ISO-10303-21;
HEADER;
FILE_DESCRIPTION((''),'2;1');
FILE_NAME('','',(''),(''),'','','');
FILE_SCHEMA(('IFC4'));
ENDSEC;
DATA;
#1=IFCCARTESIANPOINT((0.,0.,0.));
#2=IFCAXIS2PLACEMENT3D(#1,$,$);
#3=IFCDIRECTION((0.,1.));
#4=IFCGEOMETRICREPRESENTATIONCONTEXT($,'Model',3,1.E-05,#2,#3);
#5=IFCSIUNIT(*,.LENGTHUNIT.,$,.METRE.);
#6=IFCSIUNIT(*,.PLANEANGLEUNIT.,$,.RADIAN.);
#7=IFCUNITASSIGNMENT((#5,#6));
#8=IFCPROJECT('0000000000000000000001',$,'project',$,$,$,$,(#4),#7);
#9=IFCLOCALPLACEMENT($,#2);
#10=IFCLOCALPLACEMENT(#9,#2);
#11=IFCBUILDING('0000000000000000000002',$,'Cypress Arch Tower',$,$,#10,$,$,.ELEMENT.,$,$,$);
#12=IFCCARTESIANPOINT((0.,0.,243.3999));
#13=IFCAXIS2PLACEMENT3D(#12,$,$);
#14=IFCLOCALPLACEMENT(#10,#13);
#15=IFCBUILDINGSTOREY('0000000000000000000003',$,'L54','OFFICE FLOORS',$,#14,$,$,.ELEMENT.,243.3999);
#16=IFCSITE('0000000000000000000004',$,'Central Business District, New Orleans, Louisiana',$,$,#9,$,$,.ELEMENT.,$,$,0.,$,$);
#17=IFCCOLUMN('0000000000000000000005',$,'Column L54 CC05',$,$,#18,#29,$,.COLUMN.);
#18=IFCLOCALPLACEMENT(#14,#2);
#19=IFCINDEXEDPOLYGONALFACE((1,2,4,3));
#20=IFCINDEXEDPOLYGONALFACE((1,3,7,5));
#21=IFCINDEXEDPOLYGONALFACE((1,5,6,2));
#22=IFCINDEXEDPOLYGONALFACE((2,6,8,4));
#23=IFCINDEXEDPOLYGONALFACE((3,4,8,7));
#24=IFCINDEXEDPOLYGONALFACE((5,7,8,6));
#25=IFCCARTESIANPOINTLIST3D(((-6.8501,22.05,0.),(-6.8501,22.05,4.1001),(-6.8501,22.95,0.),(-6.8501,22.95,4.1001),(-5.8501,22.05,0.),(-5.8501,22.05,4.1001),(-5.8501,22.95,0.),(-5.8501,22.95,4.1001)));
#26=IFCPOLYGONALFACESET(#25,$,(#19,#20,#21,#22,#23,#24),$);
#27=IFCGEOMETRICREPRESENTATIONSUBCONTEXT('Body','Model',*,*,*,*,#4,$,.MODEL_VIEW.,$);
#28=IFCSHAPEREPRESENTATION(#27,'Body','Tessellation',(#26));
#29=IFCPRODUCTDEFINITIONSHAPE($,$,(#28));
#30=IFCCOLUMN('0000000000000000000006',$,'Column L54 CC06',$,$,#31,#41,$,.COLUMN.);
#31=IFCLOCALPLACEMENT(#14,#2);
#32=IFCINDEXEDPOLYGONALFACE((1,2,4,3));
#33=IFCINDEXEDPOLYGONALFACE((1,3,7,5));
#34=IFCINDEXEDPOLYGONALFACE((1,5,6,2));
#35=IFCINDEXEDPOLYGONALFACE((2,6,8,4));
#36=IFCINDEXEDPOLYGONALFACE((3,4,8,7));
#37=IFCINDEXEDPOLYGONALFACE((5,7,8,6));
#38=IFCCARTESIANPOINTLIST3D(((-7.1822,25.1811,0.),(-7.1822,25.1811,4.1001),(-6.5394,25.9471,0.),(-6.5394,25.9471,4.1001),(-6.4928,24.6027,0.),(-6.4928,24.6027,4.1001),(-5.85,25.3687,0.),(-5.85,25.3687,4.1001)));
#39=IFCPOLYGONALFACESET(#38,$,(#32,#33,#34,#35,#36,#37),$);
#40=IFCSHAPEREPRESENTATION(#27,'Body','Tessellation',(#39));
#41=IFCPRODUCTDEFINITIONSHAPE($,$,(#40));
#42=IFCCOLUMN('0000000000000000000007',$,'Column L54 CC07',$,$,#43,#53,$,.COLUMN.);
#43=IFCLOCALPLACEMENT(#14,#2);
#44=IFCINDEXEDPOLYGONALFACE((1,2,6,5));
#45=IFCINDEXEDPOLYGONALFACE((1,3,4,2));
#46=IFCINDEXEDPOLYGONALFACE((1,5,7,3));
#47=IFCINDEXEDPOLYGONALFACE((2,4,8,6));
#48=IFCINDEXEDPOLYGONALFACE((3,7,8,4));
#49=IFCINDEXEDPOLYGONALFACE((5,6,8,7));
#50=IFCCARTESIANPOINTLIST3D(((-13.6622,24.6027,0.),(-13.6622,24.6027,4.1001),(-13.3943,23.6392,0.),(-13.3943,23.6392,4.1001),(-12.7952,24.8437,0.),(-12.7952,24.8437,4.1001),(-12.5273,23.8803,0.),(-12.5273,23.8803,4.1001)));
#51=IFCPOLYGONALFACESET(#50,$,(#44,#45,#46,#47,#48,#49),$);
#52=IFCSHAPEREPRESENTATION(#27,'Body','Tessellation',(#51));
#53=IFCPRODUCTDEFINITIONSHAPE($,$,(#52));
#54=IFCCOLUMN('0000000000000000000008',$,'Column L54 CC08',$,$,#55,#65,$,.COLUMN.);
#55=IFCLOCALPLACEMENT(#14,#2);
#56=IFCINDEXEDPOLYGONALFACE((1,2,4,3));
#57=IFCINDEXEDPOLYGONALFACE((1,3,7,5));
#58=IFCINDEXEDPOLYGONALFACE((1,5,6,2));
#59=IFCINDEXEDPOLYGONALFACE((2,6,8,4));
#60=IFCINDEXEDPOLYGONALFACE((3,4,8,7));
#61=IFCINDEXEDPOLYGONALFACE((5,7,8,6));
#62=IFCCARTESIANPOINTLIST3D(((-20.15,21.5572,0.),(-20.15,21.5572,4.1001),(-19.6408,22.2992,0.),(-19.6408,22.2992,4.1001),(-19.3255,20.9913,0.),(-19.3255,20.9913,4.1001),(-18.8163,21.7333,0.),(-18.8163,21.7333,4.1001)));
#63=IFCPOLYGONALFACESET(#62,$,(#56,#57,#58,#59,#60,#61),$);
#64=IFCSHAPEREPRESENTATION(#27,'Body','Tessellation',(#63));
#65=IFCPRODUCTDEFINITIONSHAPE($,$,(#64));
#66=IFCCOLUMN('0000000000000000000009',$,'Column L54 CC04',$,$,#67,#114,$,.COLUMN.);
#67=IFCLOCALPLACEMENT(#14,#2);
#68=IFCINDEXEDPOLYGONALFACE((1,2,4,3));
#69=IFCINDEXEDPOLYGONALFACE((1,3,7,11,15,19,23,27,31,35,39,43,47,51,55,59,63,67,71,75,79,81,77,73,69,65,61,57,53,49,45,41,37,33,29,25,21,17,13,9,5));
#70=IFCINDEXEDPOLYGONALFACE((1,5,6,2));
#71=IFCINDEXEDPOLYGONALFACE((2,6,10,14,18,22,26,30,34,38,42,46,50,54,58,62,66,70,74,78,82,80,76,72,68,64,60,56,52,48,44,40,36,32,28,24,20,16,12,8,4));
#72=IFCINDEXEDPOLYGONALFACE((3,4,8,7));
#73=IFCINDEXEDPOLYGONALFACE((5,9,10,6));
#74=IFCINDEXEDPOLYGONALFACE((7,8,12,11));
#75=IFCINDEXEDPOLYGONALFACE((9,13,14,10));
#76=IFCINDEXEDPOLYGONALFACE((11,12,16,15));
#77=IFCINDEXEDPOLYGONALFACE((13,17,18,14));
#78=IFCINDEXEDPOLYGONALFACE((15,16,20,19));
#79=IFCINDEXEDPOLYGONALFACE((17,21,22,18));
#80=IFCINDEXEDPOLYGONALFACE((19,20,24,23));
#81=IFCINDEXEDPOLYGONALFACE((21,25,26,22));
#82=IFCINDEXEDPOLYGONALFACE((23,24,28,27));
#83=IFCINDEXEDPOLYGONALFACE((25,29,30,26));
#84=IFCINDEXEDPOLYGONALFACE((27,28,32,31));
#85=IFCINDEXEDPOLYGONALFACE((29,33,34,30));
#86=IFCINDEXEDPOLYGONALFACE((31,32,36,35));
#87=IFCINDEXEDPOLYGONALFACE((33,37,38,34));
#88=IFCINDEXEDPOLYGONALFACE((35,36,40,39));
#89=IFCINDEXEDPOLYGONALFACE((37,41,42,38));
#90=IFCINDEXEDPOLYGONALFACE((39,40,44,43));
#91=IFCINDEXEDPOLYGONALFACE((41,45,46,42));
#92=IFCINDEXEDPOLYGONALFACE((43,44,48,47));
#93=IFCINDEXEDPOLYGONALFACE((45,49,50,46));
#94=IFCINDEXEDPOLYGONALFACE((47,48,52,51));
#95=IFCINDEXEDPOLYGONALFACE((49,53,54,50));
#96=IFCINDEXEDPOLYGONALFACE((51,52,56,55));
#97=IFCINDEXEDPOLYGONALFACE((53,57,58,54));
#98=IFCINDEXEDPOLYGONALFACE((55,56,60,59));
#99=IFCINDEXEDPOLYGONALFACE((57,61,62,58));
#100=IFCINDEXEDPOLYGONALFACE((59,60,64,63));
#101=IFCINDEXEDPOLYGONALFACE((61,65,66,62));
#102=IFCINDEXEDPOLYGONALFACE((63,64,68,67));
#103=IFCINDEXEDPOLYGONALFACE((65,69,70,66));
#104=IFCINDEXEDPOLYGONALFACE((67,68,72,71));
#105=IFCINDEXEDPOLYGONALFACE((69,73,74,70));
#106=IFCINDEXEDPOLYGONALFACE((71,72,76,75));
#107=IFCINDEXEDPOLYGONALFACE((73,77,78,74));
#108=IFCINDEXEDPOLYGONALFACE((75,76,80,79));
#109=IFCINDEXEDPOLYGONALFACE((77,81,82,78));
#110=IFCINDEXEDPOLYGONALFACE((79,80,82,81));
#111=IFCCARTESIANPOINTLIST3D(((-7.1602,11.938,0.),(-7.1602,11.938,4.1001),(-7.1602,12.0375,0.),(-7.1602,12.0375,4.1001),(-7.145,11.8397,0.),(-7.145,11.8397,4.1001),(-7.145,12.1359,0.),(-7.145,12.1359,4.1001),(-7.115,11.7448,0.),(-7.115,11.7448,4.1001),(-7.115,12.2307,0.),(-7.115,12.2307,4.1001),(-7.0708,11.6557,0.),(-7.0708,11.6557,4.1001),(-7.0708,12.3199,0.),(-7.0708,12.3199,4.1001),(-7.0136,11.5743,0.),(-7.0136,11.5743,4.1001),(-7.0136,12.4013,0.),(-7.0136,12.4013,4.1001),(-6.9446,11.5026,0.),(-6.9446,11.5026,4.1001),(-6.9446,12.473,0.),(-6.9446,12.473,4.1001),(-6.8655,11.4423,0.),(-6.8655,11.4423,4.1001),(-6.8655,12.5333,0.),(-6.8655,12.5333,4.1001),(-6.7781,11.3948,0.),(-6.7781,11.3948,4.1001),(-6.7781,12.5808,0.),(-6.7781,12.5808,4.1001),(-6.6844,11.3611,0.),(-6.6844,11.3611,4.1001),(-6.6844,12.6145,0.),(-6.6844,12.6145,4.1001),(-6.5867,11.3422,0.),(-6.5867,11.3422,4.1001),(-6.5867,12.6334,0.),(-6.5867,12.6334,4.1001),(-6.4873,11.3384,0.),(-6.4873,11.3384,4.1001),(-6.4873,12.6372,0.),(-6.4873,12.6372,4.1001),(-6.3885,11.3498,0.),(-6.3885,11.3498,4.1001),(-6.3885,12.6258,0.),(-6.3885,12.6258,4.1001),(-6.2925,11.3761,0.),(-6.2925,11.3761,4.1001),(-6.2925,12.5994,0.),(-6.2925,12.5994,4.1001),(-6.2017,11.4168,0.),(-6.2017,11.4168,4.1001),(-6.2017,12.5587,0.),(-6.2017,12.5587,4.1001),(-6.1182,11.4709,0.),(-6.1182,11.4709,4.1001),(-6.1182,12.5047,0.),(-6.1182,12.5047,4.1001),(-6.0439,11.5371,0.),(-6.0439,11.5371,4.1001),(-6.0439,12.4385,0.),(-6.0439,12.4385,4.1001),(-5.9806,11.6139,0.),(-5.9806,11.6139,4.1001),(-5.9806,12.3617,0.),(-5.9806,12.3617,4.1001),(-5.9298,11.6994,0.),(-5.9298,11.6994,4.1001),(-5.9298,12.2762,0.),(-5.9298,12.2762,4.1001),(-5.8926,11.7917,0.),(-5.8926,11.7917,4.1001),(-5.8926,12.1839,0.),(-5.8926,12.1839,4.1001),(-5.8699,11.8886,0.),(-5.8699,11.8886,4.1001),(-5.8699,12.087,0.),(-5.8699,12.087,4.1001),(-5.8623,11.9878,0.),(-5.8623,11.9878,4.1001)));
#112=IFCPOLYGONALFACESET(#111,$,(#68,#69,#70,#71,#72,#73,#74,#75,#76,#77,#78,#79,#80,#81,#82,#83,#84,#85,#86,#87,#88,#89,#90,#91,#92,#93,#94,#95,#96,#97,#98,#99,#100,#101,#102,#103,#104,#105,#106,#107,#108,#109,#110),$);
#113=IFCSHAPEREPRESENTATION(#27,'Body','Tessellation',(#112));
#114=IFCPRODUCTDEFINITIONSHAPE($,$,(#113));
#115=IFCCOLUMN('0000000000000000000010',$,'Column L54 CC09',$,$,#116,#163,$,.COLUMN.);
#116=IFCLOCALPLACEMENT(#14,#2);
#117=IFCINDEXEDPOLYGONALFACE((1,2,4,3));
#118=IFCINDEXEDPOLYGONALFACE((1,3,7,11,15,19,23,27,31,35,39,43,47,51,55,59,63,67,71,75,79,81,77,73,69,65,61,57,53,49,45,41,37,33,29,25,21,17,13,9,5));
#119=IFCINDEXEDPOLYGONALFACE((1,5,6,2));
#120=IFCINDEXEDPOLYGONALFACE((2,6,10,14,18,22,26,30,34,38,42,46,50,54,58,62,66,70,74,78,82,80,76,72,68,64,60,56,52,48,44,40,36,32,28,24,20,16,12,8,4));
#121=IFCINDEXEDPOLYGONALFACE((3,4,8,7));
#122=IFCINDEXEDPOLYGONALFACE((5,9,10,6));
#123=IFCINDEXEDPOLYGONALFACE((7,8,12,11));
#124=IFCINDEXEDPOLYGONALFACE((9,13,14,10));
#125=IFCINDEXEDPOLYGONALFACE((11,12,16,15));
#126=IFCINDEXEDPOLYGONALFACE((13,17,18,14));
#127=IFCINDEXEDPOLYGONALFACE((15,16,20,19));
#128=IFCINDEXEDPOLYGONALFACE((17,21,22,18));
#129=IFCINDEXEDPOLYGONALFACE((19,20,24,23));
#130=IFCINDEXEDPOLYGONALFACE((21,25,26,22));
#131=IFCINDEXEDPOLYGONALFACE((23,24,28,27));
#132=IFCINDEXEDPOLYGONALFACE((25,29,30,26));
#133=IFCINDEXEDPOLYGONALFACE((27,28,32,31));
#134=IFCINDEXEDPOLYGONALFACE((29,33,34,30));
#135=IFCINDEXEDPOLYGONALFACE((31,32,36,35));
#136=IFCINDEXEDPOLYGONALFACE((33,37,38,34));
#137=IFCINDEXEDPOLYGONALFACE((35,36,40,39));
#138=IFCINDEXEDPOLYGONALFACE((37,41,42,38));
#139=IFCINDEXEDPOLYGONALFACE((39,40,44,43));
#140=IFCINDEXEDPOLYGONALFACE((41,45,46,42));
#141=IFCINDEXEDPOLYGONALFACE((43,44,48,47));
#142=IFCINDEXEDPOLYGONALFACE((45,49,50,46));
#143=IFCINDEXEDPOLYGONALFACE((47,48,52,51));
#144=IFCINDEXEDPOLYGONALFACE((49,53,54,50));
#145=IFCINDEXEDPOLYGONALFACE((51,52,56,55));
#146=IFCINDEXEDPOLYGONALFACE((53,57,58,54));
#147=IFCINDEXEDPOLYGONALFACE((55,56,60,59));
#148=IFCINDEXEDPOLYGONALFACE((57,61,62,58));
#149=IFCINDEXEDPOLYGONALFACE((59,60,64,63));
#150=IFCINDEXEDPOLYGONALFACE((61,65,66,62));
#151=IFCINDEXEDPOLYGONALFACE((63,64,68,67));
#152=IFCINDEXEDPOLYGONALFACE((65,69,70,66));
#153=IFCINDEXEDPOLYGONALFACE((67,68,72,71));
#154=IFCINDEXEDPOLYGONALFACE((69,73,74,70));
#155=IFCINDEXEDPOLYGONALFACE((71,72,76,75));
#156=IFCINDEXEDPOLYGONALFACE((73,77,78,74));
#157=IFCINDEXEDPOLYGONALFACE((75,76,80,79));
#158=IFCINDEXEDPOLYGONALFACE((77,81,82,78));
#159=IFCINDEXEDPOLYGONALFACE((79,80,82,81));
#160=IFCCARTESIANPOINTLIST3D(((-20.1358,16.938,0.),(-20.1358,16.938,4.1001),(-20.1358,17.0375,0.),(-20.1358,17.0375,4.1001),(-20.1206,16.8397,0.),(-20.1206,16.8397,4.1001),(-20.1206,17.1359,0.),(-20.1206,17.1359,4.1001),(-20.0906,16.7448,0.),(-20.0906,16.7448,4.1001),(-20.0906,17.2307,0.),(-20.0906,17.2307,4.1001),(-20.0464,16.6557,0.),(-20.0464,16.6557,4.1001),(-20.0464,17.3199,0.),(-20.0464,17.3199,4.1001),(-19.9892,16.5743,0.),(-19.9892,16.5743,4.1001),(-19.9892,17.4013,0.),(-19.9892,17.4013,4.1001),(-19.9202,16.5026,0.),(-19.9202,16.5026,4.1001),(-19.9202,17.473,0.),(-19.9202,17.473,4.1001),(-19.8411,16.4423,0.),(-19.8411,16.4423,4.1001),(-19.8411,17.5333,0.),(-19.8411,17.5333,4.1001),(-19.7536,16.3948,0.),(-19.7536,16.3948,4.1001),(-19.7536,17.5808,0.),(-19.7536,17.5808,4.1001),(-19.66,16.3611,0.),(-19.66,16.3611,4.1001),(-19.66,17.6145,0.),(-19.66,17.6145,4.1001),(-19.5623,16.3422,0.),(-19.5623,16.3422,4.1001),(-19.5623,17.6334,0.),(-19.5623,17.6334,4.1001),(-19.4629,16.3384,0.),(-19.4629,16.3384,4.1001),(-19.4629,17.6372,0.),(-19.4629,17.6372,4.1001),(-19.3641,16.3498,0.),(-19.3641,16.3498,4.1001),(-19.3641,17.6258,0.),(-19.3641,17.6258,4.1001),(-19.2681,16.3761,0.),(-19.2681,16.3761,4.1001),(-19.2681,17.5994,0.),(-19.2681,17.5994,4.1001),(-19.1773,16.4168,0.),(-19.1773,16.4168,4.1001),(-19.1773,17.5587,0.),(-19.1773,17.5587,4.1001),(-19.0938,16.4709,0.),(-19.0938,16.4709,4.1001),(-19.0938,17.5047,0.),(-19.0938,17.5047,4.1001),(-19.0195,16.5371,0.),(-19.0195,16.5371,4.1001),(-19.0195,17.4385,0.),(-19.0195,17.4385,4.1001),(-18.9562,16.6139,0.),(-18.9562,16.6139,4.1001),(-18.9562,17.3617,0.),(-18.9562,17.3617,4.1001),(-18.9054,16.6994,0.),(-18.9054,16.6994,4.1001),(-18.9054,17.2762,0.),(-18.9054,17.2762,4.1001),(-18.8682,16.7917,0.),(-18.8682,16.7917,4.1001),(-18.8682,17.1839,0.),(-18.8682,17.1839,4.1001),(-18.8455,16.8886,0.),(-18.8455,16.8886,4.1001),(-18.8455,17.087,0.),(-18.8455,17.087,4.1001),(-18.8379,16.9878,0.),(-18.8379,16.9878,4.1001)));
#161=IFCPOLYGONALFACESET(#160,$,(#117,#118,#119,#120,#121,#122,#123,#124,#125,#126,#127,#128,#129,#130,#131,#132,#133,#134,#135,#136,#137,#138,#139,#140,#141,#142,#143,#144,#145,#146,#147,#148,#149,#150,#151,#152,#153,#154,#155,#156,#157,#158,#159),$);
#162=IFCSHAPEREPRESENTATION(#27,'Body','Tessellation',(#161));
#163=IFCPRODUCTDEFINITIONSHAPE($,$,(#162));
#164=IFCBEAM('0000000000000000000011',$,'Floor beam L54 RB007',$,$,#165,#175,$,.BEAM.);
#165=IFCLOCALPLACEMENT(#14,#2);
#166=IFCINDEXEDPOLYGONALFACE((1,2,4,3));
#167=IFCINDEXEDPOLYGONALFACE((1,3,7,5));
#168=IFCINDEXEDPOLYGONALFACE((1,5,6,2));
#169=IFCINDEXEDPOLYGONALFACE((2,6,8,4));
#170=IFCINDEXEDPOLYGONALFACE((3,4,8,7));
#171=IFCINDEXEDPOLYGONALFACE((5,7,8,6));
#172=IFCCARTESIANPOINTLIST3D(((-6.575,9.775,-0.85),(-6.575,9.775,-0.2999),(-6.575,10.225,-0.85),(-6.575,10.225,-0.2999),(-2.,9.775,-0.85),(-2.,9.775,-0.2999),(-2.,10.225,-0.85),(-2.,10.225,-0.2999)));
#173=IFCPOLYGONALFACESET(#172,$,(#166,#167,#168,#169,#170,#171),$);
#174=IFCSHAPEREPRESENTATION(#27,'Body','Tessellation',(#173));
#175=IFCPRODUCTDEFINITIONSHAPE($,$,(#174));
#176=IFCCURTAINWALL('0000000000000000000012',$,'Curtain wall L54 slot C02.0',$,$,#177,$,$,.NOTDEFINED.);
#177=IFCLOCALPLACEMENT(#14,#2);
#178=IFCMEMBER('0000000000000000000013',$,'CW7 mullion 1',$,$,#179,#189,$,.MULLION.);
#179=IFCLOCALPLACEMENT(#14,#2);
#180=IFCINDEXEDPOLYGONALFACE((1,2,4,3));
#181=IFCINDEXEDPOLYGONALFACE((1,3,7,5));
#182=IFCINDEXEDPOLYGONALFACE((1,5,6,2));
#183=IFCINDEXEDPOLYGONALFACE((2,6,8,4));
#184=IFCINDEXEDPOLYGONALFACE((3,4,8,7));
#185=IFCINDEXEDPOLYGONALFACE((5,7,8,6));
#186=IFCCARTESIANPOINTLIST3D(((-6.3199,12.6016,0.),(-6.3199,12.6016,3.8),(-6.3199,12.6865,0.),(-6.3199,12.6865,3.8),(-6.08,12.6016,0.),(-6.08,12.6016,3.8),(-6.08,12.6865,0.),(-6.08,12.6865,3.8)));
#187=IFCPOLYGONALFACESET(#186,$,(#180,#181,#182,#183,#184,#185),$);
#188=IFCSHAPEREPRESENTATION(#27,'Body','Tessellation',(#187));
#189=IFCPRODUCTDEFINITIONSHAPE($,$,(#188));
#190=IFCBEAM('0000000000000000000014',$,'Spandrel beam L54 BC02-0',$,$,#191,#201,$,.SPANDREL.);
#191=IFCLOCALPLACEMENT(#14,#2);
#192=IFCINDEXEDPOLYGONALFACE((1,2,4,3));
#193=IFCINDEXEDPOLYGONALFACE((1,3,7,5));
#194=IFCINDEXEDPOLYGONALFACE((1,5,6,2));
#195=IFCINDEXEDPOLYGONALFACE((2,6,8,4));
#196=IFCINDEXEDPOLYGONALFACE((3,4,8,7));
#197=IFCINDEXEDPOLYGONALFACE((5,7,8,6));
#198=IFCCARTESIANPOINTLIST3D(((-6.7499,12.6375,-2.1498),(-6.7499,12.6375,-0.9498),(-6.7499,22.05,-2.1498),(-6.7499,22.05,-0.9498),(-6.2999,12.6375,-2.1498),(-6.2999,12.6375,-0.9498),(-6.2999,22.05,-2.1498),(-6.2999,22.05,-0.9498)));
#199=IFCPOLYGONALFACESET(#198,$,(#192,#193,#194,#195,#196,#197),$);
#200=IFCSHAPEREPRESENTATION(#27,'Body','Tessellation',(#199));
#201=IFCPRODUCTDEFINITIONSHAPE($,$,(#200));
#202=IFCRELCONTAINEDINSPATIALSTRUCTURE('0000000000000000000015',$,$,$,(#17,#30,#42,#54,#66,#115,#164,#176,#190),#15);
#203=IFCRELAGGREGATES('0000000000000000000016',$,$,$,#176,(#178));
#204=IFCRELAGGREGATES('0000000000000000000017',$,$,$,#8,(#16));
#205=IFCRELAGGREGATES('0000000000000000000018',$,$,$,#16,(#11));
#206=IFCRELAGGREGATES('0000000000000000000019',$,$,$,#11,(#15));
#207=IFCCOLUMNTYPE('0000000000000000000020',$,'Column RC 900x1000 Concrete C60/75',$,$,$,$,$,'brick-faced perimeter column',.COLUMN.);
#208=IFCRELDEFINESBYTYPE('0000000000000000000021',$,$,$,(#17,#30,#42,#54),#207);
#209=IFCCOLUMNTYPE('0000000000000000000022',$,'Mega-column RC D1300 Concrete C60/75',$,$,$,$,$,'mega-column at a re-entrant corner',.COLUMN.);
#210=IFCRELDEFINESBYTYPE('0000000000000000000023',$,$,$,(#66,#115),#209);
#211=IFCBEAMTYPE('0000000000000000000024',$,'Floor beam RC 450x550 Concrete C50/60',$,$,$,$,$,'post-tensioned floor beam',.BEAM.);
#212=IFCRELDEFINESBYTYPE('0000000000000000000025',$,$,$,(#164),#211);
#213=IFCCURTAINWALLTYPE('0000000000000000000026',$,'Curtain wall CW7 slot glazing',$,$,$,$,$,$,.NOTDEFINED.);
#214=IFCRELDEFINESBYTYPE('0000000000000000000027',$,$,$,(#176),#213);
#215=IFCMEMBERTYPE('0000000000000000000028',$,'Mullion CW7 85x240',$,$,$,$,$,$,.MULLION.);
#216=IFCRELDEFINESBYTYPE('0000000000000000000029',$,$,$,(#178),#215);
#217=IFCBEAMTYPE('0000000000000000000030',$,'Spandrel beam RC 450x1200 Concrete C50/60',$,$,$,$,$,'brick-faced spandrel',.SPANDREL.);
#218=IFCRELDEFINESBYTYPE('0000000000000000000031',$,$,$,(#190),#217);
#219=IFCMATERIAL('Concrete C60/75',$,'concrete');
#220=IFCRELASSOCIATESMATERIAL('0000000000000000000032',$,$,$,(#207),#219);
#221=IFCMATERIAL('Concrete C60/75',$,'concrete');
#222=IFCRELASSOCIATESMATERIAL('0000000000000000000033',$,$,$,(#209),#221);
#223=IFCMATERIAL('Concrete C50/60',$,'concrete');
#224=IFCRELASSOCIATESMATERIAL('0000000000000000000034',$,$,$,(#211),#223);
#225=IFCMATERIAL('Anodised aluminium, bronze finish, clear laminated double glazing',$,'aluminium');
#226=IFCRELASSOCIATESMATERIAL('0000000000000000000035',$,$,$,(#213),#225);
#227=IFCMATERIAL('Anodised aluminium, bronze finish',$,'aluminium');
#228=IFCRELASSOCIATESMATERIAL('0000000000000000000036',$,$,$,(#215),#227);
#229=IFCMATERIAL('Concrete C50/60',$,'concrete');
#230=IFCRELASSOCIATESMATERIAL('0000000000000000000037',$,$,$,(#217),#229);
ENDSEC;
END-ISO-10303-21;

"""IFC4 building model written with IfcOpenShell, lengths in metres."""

from ifc_helpers import new_model, si_unit, direction, frame, origin, origin_2d, place, context, subcontext, project, spatial, rectangle, circle, extrude, material, material_profile, profile_set, type_object, element, aggregate, save


model = new_model("IFC4")

# Units and contexts
model_context = context("Model", 3, precision=1e-05, world=origin(), true_north=direction((0.0, 1.0)))
body_context = subcontext(model_context, "Body", "Model", "MODEL_VIEW")
ifc_project = project(units=[si_unit("LENGTHUNIT", "METRE"), si_unit("PLANEANGLEUNIT", "RADIAN")], contexts=[model_context])

# Site, building, storey
site_placement = place(None, origin())
site = spatial("IfcSite", under=ifc_project, at=site_placement, Name="Central Business District, New Orleans, Louisiana", CompositionType="ELEMENT", RefElevation=0.0)
building_placement = place(site_placement, origin())
building = spatial("IfcBuilding", under=site, at=building_placement, Name="Cypress Arch Tower", CompositionType="ELEMENT")
storey_placement = place(building_placement, frame((0.0, 0.0, 243.3999)))
storey = spatial("IfcBuildingStorey", under=building, at=storey_placement, Name="L54", Description="OFFICE FLOORS", CompositionType="ELEMENT", Elevation=243.3999)

# Columns
ifc_material_1 = material(Name="Concrete C60/75", Category="concrete")
ifc_material_profile_1 = material_profile(ifc_material_1, rectangle(XDim=0.8999, YDim=1.0, at=origin_2d()), Name="RC 900x1000")
ifc_profile_set_1 = profile_set([ifc_material_profile_1], Name="Concrete C60/75")
column_type_1 = type_object("IfcColumnType", Name="Column RC 900x1000 Concrete C60/75", ElementType="brick-faced perimeter column", PredefinedType="COLUMN", material=ifc_profile_set_1)
for number, where, z_axis, x_axis, name in (
    (1, (-6.3501, 22.5, 0.0), (0.0, 0.0, 1.0), (0.0, 1.0, 0.0), "Column L54 CC05"),
    (2, (-6.5161, 25.2749, 0.0), (0.0, 0.0, 1.0), (-0.766064, 0.642765, 0.0), "Column L54 CC06"),
    (3, (-13.0947, 24.2415, 0.0), (0.0, 0.0, 1.0), (-0.963456, -0.267868, 0.0), "Column L54 CC07"),
    (4, (-19.4832, 21.6453, 0.0), (0.0, 0.0, 1.0), (-0.565893, -0.824479, 0.0), "Column L54 CC08"),
):
    element("IfcColumn", number, at=place(storey_placement, frame(where, z_axis=z_axis, x_axis=x_axis)), inside=storey, type_object=column_type_1, Name=name, PredefinedType="COLUMN", context=body_context, shape_type="SweptSolid", body=[
        extrude(rectangle(XDim=0.8999, YDim=1.0, at=origin_2d()), origin(), (0.0, 0.0, 1.0), 4.1001),
    ])
ifc_material_2 = material(Name="Concrete C60/75", Category="concrete")
ifc_material_profile_2 = material_profile(ifc_material_2, circle(Radius=0.6499, at=origin_2d()), Name="RC D1300")
ifc_profile_set_2 = profile_set([ifc_material_profile_2], Name="Concrete C60/75")
column_type_2 = type_object("IfcColumnType", Name="Mega-column RC D1300 Concrete C60/75", ElementType="mega-column at a re-entrant corner", PredefinedType="COLUMN", material=ifc_profile_set_2)
for number, where, z_axis, x_axis, name in (
    (5, (-6.5122, 11.9878, 0.0), (0.0, 0.0, 1.0), (1.0, 0.0, 0.0), "Column L54 CC04"),
    (6, (-19.4878, 16.9878, 0.0), (0.0, 0.0, 1.0), (1.0, 0.0, 0.0), "Column L54 CC09"),
):
    element("IfcColumn", number, at=place(storey_placement, frame(where, z_axis=z_axis, x_axis=x_axis)), inside=storey, type_object=column_type_2, Name=name, PredefinedType="COLUMN", context=body_context, shape_type="SweptSolid", body=[
        extrude(circle(Radius=0.6499, at=origin_2d()), origin(), (0.0, 0.0, 1.0), 4.1001),
    ])

# Beam
ifc_material_3 = material(Name="Concrete C50/60", Category="concrete")
ifc_material_profile_3 = material_profile(ifc_material_3, rectangle(XDim=0.45, YDim=0.55, at=origin_2d()), Name="RC 450x550")
ifc_profile_set_3 = profile_set([ifc_material_profile_3], Name="Concrete C50/60")
beam_type_1 = type_object("IfcBeamType", Name="Floor beam RC 450x550 Concrete C50/60", ElementType="post-tensioned floor beam", PredefinedType="BEAM", material=ifc_profile_set_3)
beam_1_placement = place(storey_placement, frame((-6.575, 10.0, -0.575), z_axis=(1.0, 0.0, 0.0), x_axis=(0.0, 1.0, 0.0)))
element("IfcBeam", 7, at=beam_1_placement, inside=storey, type_object=beam_type_1, Name="Floor beam L54 RB007", PredefinedType="BEAM", context=body_context, shape_type="SweptSolid", body=[
    extrude(rectangle(XDim=0.45, YDim=0.55, at=origin_2d()), origin(), (0.0, 0.0, 1.0), 4.575),
])

# Curtain wall, member
ifc_material_4 = material(Name="Anodised aluminium, bronze finish, clear laminated double glazing", Category="aluminium")
curtain_wall_type = type_object("IfcCurtainWallType", Name="Curtain wall CW7 slot glazing", PredefinedType="NOTDEFINED", material=ifc_material_4)
curtain_wall_placement = place(storey_placement, origin())
curtain_wall = element("IfcCurtainWall", 8, at=curtain_wall_placement, inside=storey, type_object=curtain_wall_type, Name="Curtain wall L54 slot C02.0", PredefinedType="NOTDEFINED")
ifc_material_5 = material(Name="Anodised aluminium, bronze finish", Category="aluminium")
ifc_material_profile_4 = material_profile(ifc_material_5, rectangle(XDim=0.24, YDim=0.085, at=origin_2d()), Name="Mullion 85x240")
ifc_profile_set_4 = profile_set([ifc_material_profile_4], Name="Anodised aluminium, bronze finish")
member_type = type_object("IfcMemberType", Name="Mullion CW7 85x240", PredefinedType="MULLION", material=ifc_profile_set_4)
member_placement = place(storey_placement, frame((-6.2, 12.644, 0.0), z_axis=(0.0, 0.0, 1.0), x_axis=(-1.0, 0.0, 0.0)))
member = element("IfcMember", 9, at=member_placement, type_object=member_type, Name="CW7 mullion 1", PredefinedType="MULLION", context=body_context, shape_type="SweptSolid", body=[
    extrude(rectangle(XDim=0.24, YDim=0.085, at=origin_2d()), origin(), (0.0, 0.0, 1.0), 3.8),
])
aggregate(curtain_wall, [member])

# Beam
ifc_material_6 = material(Name="Concrete C50/60", Category="concrete")
ifc_material_profile_5 = material_profile(ifc_material_6, rectangle(XDim=0.45, YDim=1.2, at=origin_2d()), Name="RC 450x1200")
ifc_profile_set_5 = profile_set([ifc_material_profile_5], Name="Concrete C50/60")
beam_type_2 = type_object("IfcBeamType", Name="Spandrel beam RC 450x1200 Concrete C50/60", ElementType="brick-faced spandrel", PredefinedType="SPANDREL", material=ifc_profile_set_5)
beam_2_placement = place(storey_placement, frame((-6.5249, 12.6375, -1.5498), z_axis=(0.0, 1.0, 0.0), x_axis=(-1.0, 0.0, 0.0)))
element("IfcBeam", 10, at=beam_2_placement, inside=storey, type_object=beam_type_2, Name="Spandrel beam L54 BC02-0", PredefinedType="SPANDREL", context=body_context, shape_type="SweptSolid", body=[
    extrude(rectangle(XDim=0.45, YDim=1.2, at=origin_2d()), origin(), (0.0, 0.0, 1.0), 9.4126),
])

save(model, "model.ifc")
